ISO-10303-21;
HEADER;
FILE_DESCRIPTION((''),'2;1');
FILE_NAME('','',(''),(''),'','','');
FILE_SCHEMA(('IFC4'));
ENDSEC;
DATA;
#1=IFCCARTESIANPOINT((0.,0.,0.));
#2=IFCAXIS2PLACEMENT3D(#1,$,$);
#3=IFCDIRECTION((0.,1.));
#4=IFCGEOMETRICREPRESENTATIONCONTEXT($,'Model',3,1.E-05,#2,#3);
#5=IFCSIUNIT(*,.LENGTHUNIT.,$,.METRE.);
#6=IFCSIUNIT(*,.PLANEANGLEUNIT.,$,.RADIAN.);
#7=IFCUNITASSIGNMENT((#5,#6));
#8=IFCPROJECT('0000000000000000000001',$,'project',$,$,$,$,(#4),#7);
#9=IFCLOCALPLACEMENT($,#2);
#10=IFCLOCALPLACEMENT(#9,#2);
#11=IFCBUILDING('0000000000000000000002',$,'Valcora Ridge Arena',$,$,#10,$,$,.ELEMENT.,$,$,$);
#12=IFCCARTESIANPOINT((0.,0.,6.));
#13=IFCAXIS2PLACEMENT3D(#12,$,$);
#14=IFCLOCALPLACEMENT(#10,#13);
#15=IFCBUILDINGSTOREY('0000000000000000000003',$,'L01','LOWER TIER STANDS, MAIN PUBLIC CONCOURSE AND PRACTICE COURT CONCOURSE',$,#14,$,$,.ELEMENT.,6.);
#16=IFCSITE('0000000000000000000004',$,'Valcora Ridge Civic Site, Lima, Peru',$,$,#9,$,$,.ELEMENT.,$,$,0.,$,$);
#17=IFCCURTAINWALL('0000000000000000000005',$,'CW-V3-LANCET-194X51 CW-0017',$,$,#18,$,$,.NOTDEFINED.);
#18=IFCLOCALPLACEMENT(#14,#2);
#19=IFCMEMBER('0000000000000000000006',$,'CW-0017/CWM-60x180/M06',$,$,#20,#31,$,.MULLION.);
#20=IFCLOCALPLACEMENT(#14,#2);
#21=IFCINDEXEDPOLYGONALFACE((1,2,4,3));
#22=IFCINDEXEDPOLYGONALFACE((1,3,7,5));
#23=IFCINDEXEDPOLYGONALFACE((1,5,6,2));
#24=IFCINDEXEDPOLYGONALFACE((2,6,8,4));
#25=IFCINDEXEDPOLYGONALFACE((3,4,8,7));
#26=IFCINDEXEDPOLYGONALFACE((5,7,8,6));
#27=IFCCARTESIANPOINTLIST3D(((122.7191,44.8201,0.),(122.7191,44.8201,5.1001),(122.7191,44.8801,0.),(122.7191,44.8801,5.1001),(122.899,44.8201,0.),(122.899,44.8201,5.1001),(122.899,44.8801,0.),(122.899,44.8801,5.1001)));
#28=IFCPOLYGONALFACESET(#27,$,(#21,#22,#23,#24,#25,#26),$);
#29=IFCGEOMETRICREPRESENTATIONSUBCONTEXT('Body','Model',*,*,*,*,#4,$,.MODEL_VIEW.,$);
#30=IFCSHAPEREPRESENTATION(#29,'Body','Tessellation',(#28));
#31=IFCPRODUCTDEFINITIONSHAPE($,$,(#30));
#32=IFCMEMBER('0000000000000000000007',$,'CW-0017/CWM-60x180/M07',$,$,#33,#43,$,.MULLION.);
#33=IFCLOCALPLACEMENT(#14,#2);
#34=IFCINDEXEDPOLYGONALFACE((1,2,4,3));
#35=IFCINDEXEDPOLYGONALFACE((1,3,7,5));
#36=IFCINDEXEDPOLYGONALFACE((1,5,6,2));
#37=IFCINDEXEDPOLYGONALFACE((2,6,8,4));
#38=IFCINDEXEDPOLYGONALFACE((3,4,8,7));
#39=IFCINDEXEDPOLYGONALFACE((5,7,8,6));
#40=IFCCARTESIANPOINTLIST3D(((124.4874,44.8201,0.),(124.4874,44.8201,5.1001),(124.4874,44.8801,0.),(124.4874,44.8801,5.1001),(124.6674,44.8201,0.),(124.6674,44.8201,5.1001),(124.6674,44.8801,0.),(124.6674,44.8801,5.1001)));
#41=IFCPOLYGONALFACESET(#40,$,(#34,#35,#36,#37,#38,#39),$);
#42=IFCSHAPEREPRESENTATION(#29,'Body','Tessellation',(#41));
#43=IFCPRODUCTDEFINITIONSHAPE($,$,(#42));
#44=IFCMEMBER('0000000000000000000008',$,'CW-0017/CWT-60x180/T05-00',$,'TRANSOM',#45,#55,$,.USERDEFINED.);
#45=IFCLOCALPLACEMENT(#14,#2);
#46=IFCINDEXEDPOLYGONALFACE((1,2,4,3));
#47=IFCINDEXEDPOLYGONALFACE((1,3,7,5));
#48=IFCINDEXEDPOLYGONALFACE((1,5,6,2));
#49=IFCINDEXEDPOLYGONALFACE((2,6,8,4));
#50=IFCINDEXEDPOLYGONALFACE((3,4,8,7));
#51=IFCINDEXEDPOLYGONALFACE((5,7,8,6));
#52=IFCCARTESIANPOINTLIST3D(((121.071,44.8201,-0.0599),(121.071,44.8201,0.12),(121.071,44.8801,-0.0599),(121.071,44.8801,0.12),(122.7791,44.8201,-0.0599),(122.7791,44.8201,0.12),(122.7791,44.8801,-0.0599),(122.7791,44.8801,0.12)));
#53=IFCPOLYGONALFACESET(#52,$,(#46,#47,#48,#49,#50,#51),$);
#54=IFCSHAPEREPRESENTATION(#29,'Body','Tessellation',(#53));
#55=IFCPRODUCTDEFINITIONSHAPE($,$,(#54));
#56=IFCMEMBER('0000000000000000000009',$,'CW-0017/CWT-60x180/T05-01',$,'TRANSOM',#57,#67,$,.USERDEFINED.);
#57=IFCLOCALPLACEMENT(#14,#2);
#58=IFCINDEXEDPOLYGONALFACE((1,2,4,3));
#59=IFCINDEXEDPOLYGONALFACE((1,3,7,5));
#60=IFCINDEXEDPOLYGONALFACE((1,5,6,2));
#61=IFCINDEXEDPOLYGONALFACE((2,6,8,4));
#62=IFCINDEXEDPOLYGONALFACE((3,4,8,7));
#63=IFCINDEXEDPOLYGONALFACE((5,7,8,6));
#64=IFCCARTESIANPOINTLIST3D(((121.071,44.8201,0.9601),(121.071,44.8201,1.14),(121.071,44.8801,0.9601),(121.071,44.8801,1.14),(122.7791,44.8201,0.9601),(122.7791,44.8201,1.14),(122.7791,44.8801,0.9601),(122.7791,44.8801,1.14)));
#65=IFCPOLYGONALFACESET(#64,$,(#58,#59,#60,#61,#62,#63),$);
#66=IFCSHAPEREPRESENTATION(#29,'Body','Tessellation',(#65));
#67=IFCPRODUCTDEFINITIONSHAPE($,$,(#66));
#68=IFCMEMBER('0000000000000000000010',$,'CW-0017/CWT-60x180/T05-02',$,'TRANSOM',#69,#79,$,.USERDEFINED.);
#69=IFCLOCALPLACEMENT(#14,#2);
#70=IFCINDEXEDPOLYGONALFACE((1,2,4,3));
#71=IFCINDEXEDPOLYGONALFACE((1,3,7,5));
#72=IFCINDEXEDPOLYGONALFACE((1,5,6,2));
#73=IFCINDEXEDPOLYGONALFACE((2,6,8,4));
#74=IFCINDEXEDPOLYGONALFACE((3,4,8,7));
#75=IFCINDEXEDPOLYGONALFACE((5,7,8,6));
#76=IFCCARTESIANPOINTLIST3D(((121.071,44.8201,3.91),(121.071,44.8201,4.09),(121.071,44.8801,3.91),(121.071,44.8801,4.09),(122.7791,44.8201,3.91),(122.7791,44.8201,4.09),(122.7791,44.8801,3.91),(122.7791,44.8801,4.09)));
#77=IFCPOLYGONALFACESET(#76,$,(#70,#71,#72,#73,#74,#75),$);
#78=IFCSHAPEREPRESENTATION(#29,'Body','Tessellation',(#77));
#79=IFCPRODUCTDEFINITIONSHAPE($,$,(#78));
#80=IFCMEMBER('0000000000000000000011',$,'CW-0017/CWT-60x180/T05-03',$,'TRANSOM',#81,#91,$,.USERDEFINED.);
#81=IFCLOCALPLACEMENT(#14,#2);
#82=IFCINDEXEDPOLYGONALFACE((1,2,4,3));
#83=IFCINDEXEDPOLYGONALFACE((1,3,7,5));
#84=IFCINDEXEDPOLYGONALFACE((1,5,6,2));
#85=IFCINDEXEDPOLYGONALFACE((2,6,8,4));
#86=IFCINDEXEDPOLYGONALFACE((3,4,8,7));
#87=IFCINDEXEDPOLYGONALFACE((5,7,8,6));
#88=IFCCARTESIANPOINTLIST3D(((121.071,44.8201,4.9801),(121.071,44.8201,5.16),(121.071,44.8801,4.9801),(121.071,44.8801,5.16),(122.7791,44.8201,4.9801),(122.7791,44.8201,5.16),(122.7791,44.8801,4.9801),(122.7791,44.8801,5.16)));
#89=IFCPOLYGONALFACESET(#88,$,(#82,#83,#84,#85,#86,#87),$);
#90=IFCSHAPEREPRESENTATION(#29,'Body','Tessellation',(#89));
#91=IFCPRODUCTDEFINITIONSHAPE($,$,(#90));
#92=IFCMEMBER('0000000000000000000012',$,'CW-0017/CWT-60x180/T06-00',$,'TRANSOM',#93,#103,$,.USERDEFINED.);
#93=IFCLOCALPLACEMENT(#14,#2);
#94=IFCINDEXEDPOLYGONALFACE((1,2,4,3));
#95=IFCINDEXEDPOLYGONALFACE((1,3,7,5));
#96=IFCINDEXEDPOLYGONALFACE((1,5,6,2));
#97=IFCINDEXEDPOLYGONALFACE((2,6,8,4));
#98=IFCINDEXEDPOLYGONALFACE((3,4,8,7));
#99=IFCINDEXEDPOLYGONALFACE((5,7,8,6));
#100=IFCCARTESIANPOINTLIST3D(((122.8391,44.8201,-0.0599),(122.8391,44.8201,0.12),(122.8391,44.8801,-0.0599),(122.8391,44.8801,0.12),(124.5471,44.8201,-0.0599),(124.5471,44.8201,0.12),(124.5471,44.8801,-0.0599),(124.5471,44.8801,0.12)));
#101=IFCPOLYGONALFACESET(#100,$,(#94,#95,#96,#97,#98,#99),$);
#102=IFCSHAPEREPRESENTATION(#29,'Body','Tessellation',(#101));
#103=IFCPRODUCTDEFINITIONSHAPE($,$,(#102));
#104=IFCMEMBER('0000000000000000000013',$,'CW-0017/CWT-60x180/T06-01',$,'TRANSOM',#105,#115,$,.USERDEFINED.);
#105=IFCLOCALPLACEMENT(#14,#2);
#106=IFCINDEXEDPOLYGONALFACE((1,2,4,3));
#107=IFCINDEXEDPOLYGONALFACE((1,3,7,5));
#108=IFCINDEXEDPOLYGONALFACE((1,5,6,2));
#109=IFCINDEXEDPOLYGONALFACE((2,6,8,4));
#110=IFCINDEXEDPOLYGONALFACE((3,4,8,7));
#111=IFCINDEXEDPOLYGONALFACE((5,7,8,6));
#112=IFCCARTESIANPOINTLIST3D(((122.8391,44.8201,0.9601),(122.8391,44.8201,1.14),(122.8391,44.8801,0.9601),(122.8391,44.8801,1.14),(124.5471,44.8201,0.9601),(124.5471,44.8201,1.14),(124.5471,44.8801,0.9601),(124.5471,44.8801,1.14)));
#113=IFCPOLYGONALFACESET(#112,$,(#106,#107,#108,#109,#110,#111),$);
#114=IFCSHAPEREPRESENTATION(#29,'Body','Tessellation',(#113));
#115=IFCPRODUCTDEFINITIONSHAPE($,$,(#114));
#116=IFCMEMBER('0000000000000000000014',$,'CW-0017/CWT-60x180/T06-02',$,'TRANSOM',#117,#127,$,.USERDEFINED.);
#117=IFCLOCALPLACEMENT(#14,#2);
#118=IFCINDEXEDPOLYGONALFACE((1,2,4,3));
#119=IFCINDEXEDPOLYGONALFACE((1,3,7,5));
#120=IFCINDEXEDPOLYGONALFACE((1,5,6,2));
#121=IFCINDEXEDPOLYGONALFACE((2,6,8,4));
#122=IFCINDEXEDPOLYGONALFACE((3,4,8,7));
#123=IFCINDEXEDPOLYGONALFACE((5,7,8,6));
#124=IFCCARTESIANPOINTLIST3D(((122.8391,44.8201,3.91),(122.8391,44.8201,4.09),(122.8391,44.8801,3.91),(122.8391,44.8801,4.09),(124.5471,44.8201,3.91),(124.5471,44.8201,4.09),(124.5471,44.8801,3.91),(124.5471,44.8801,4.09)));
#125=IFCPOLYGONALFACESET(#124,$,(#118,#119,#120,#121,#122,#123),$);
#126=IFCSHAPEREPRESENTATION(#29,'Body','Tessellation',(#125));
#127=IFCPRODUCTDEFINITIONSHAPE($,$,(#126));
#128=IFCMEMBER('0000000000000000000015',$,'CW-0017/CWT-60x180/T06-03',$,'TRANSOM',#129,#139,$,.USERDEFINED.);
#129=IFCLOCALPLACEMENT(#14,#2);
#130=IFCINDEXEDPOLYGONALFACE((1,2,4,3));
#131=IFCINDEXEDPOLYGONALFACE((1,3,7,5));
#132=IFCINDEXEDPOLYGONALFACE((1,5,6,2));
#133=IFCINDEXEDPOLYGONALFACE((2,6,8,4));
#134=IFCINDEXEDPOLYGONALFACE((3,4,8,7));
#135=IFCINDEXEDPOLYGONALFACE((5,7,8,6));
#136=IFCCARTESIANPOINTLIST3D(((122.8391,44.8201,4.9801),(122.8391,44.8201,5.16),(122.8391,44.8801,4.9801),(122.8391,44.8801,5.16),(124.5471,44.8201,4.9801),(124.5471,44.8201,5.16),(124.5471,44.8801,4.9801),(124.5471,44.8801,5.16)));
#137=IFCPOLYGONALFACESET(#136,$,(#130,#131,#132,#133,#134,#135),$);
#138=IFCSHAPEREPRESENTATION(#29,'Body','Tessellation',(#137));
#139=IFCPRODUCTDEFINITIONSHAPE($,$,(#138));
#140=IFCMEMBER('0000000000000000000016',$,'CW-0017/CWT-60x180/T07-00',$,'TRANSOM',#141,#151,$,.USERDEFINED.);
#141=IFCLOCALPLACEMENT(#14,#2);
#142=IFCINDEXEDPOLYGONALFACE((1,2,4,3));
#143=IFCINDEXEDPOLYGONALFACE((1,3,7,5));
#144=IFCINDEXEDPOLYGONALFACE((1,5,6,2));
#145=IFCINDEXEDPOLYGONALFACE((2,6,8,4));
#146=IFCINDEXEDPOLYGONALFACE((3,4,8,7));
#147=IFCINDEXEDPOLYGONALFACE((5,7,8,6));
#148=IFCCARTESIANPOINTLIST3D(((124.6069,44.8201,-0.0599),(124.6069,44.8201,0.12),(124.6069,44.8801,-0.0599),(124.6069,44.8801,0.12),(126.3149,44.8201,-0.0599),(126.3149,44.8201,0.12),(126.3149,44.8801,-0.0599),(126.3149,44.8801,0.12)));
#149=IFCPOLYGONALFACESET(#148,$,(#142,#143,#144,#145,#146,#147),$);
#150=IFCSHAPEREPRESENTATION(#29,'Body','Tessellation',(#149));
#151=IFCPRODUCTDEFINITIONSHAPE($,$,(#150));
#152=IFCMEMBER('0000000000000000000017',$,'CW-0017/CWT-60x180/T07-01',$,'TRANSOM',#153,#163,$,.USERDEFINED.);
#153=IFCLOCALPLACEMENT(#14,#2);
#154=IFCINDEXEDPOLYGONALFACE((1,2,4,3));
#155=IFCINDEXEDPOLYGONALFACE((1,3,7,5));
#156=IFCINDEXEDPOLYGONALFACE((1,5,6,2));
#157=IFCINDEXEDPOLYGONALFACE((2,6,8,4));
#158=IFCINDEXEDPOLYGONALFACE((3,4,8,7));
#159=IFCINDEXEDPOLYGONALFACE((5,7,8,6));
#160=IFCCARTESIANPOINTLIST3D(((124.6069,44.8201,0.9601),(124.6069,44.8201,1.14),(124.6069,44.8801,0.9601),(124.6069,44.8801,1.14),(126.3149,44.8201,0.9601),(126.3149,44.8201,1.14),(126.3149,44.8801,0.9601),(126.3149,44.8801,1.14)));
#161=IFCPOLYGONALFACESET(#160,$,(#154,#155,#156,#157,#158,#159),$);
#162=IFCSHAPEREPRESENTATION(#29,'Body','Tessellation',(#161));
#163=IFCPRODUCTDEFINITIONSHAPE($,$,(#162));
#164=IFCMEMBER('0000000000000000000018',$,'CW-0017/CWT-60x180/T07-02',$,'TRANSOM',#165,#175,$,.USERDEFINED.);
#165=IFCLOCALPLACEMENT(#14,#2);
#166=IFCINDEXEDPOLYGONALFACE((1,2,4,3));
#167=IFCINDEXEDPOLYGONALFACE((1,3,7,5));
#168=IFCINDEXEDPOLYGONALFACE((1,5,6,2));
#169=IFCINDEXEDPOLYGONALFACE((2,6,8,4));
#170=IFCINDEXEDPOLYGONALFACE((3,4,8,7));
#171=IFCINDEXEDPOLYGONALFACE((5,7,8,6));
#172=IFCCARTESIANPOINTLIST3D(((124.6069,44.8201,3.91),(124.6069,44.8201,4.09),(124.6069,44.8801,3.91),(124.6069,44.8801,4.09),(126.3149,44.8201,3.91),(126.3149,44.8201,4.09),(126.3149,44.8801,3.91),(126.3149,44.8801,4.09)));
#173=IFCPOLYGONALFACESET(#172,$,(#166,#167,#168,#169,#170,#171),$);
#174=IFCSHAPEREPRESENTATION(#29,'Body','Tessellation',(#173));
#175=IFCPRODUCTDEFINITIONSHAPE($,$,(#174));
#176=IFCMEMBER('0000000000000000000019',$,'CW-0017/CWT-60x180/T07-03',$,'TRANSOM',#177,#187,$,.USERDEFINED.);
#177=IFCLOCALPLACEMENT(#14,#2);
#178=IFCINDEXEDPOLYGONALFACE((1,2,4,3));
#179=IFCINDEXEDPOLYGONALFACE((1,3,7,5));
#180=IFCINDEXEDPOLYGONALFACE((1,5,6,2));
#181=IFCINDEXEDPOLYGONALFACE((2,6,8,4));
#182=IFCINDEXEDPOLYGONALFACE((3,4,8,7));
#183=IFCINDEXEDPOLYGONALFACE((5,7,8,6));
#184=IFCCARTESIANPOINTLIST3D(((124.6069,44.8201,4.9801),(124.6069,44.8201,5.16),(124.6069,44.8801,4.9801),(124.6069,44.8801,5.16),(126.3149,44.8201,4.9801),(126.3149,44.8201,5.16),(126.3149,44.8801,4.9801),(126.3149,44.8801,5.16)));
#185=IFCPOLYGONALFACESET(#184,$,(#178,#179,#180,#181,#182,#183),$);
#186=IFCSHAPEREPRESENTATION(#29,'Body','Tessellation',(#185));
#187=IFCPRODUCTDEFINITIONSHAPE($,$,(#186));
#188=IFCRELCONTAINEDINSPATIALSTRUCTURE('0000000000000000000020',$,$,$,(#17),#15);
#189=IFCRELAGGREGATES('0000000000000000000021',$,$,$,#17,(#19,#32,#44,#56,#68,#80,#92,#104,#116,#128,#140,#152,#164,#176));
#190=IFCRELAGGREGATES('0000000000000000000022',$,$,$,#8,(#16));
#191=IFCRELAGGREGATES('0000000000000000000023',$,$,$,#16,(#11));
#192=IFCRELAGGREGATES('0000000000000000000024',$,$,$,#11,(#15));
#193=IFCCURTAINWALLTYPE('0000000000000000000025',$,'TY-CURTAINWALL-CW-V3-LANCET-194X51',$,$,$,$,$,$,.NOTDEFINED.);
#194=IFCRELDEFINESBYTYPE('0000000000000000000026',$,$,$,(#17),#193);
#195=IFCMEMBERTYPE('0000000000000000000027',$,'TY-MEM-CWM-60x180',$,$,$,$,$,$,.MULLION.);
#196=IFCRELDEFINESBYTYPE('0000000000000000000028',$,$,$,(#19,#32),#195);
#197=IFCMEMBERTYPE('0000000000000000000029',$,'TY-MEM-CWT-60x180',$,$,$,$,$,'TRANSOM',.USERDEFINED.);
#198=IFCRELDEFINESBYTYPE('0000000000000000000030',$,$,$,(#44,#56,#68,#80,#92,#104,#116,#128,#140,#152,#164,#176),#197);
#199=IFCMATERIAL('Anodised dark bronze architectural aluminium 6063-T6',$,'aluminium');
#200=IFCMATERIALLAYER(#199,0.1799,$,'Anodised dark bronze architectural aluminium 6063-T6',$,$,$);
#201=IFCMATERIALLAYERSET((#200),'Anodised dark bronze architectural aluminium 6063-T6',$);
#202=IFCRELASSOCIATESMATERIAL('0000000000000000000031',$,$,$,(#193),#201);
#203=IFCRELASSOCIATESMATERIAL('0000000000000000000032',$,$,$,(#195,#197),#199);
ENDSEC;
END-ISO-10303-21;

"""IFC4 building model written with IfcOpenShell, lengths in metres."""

from ifc_helpers import new_model, si_unit, direction, frame, origin, origin_2d, place, context, subcontext, project, spatial, rectangle, extrude, material, layer, layer_set, material_profile, profile_set, type_object, element, aggregate, save


model = new_model("IFC4")

# Units and contexts
model_context = context("Model", 3, precision=1e-05, world=origin(), true_north=direction((0.0, 1.0)))
body_context = subcontext(model_context, "Body", "Model", "MODEL_VIEW")
ifc_project = project(units=[si_unit("LENGTHUNIT", "METRE"), si_unit("PLANEANGLEUNIT", "RADIAN")], contexts=[model_context])

# Site, building, storey
site_placement = place(None, origin())
site = spatial("IfcSite", under=ifc_project, at=site_placement, Name="Valcora Ridge Civic Site, Lima, Peru", CompositionType="ELEMENT", RefElevation=0.0)
building_placement = place(site_placement, origin())
building = spatial("IfcBuilding", under=site, at=building_placement, Name="Valcora Ridge Arena", CompositionType="ELEMENT")
storey_placement = place(building_placement, frame((0.0, 0.0, 6.0)))
storey = spatial("IfcBuildingStorey", under=building, at=storey_placement, Name="L01", Description="LOWER TIER STANDS, MAIN PUBLIC CONCOURSE AND PRACTICE COURT CONCOURSE", CompositionType="ELEMENT", Elevation=6.0)

# Curtain wall, members
ifc_material_1 = material(Name="Anodised dark bronze architectural aluminium 6063-T6", Category="aluminium")
ifc_layer_1 = layer(ifc_material_1, 0.1799, Name="Anodised dark bronze architectural aluminium 6063-T6")
ifc_layer_set_1 = layer_set([ifc_layer_1], Name="Anodised dark bronze architectural aluminium 6063-T6")
curtain_wall_type = type_object("IfcCurtainWallType", Name="TY-CURTAINWALL-CW-V3-LANCET-194X51", PredefinedType="NOTDEFINED", material=ifc_layer_set_1)
curtain_wall_placement = place(storey_placement, origin())
curtain_wall = element("IfcCurtainWall", 1, at=curtain_wall_placement, inside=storey, type_object=curtain_wall_type, Name="CW-V3-LANCET-194X51 CW-0017", PredefinedType="NOTDEFINED")
ifc_material_profile_1 = material_profile(ifc_material_1, rectangle(XDim=0.0601, YDim=0.1799, at=origin_2d()), Name="ALU MULLION 60x180")
ifc_profile_set_1 = profile_set([ifc_material_profile_1], Name="Anodised dark bronze architectural aluminium 6063-T6")
member_type_1 = type_object("IfcMemberType", Name="TY-MEM-CWM-60x180", PredefinedType="MULLION", material=ifc_profile_set_1)
member_1_placement = place(storey_placement, frame((122.8091, 44.8501, 0.0), z_axis=(0.0, 0.0, 1.0), x_axis=(0.0, 1.0, 0.0)))
member_1 = element("IfcMember", 2, at=member_1_placement, type_object=member_type_1, Name="CW-0017/CWM-60x180/M06", PredefinedType="MULLION", context=body_context, shape_type="SweptSolid", body=[
    extrude(rectangle(XDim=0.0601, YDim=0.1799, at=origin_2d()), origin(), (0.0, 0.0, 1.0), 5.1001),
])
member_2_placement = place(storey_placement, frame((124.5774, 44.8501, 0.0), z_axis=(0.0, 0.0, 1.0), x_axis=(0.0, 1.0, 0.0)))
member_2 = element("IfcMember", 3, at=member_2_placement, type_object=member_type_1, Name="CW-0017/CWM-60x180/M07", PredefinedType="MULLION", context=body_context, shape_type="SweptSolid", body=[
    extrude(rectangle(XDim=0.0601, YDim=0.1799, at=origin_2d()), origin(), (0.0, 0.0, 1.0), 5.1001),
])
ifc_material_profile_2 = material_profile(ifc_material_1, rectangle(XDim=0.0601, YDim=0.1799, at=origin_2d()), Name="ALU TRANSOM 60x180")
ifc_profile_set_2 = profile_set([ifc_material_profile_2], Name="Anodised dark bronze architectural aluminium 6063-T6")
member_type_2 = type_object("IfcMemberType", Name="TY-MEM-CWT-60x180", ElementType="TRANSOM", PredefinedType="USERDEFINED", material=ifc_profile_set_2)
member_3_placement = place(storey_placement, frame((121.071, 44.8501, 0.03), z_axis=(1.0, 0.0, 0.0), x_axis=(0.0, 1.0, 0.0)))
member_3 = element("IfcMember", 4, at=member_3_placement, type_object=member_type_2, Name="CW-0017/CWT-60x180/T05-00", ObjectType="TRANSOM", PredefinedType="USERDEFINED", context=body_context, shape_type="SweptSolid", body=[
    extrude(rectangle(XDim=0.0601, YDim=0.1799, at=origin_2d()), origin(), (0.0, 0.0, 1.0), 1.708),
])
member_4_placement = place(storey_placement, frame((121.071, 44.8501, 1.05), z_axis=(1.0, 0.0, 0.0), x_axis=(0.0, 1.0, 0.0)))
member_4 = element("IfcMember", 5, at=member_4_placement, type_object=member_type_2, Name="CW-0017/CWT-60x180/T05-01", ObjectType="TRANSOM", PredefinedType="USERDEFINED", context=body_context, shape_type="SweptSolid", body=[
    extrude(rectangle(XDim=0.0601, YDim=0.1799, at=origin_2d()), origin(), (0.0, 0.0, 1.0), 1.708),
])
member_5_placement = place(storey_placement, frame((121.071, 44.8501, 4.0), z_axis=(1.0, 0.0, 0.0), x_axis=(0.0, 1.0, 0.0)))
member_5 = element("IfcMember", 6, at=member_5_placement, type_object=member_type_2, Name="CW-0017/CWT-60x180/T05-02", ObjectType="TRANSOM", PredefinedType="USERDEFINED", context=body_context, shape_type="SweptSolid", body=[
    extrude(rectangle(XDim=0.0601, YDim=0.1799, at=origin_2d()), origin(), (0.0, 0.0, 1.0), 1.708),
])
member_6_placement = place(storey_placement, frame((121.071, 44.8501, 5.0701), z_axis=(1.0, 0.0, 0.0), x_axis=(0.0, 1.0, 0.0)))
member_6 = element("IfcMember", 7, at=member_6_placement, type_object=member_type_2, Name="CW-0017/CWT-60x180/T05-03", ObjectType="TRANSOM", PredefinedType="USERDEFINED", context=body_context, shape_type="SweptSolid", body=[
    extrude(rectangle(XDim=0.0601, YDim=0.1799, at=origin_2d()), origin(), (0.0, 0.0, 1.0), 1.708),
])
member_7_placement = place(storey_placement, frame((122.8391, 44.8501, 0.03), z_axis=(1.0, 0.0, 0.0), x_axis=(0.0, 1.0, 0.0)))
member_7 = element("IfcMember", 8, at=member_7_placement, type_object=member_type_2, Name="CW-0017/CWT-60x180/T06-00", ObjectType="TRANSOM", PredefinedType="USERDEFINED", context=body_context, shape_type="SweptSolid", body=[
    extrude(rectangle(XDim=0.0601, YDim=0.1799, at=origin_2d()), origin(), (0.0, 0.0, 1.0), 1.708),
])
member_8_placement = place(storey_placement, frame((122.8391, 44.8501, 1.05), z_axis=(1.0, 0.0, 0.0), x_axis=(0.0, 1.0, 0.0)))
member_8 = element("IfcMember", 9, at=member_8_placement, type_object=member_type_2, Name="CW-0017/CWT-60x180/T06-01", ObjectType="TRANSOM", PredefinedType="USERDEFINED", context=body_context, shape_type="SweptSolid", body=[
    extrude(rectangle(XDim=0.0601, YDim=0.1799, at=origin_2d()), origin(), (0.0, 0.0, 1.0), 1.708),
])
member_9_placement = place(storey_placement, frame((122.8391, 44.8501, 4.0), z_axis=(1.0, 0.0, 0.0), x_axis=(0.0, 1.0, 0.0)))
member_9 = element("IfcMember", 10, at=member_9_placement, type_object=member_type_2, Name="CW-0017/CWT-60x180/T06-02", ObjectType="TRANSOM", PredefinedType="USERDEFINED", context=body_context, shape_type="SweptSolid", body=[
    extrude(rectangle(XDim=0.0601, YDim=0.1799, at=origin_2d()), origin(), (0.0, 0.0, 1.0), 1.708),
])
member_10_placement = place(storey_placement, frame((122.8391, 44.8501, 5.0701), z_axis=(1.0, 0.0, 0.0), x_axis=(0.0, 1.0, 0.0)))
member_10 = element("IfcMember", 11, at=member_10_placement, type_object=member_type_2, Name="CW-0017/CWT-60x180/T06-03", ObjectType="TRANSOM", PredefinedType="USERDEFINED", context=body_context, shape_type="SweptSolid", body=[
    extrude(rectangle(XDim=0.0601, YDim=0.1799, at=origin_2d()), origin(), (0.0, 0.0, 1.0), 1.708),
])
member_11_placement = place(storey_placement, frame((124.6069, 44.8501, 0.03), z_axis=(1.0, 0.0, 0.0), x_axis=(0.0, 1.0, 0.0)))
member_11 = element("IfcMember", 12, at=member_11_placement, type_object=member_type_2, Name="CW-0017/CWT-60x180/T07-00", ObjectType="TRANSOM", PredefinedType="USERDEFINED", context=body_context, shape_type="SweptSolid", body=[
    extrude(rectangle(XDim=0.0601, YDim=0.1799, at=origin_2d()), origin(), (0.0, 0.0, 1.0), 1.708),
])
member_12_placement = place(storey_placement, frame((124.6069, 44.8501, 1.05), z_axis=(1.0, 0.0, 0.0), x_axis=(0.0, 1.0, 0.0)))
member_12 = element("IfcMember", 13, at=member_12_placement, type_object=member_type_2, Name="CW-0017/CWT-60x180/T07-01", ObjectType="TRANSOM", PredefinedType="USERDEFINED", context=body_context, shape_type="SweptSolid", body=[
    extrude(rectangle(XDim=0.0601, YDim=0.1799, at=origin_2d()), origin(), (0.0, 0.0, 1.0), 1.708),
])
member_13_placement = place(storey_placement, frame((124.6069, 44.8501, 4.0), z_axis=(1.0, 0.0, 0.0), x_axis=(0.0, 1.0, 0.0)))
member_13 = element("IfcMember", 14, at=member_13_placement, type_object=member_type_2, Name="CW-0017/CWT-60x180/T07-02", ObjectType="TRANSOM", PredefinedType="USERDEFINED", context=body_context, shape_type="SweptSolid", body=[
    extrude(rectangle(XDim=0.0601, YDim=0.1799, at=origin_2d()), origin(), (0.0, 0.0, 1.0), 1.708),
])
member_14_placement = place(storey_placement, frame((124.6069, 44.8501, 5.0701), z_axis=(1.0, 0.0, 0.0), x_axis=(0.0, 1.0, 0.0)))
member_14 = element("IfcMember", 15, at=member_14_placement, type_object=member_type_2, Name="CW-0017/CWT-60x180/T07-03", ObjectType="TRANSOM", PredefinedType="USERDEFINED", context=body_context, shape_type="SweptSolid", body=[
    extrude(rectangle(XDim=0.0601, YDim=0.1799, at=origin_2d()), origin(), (0.0, 0.0, 1.0), 1.708),
])
aggregate(curtain_wall, [member_1, member_2, member_3, member_4, member_5, member_6, member_7, member_8, member_9, member_10, member_11, member_12, member_13, member_14])

save(model, "model.ifc")
